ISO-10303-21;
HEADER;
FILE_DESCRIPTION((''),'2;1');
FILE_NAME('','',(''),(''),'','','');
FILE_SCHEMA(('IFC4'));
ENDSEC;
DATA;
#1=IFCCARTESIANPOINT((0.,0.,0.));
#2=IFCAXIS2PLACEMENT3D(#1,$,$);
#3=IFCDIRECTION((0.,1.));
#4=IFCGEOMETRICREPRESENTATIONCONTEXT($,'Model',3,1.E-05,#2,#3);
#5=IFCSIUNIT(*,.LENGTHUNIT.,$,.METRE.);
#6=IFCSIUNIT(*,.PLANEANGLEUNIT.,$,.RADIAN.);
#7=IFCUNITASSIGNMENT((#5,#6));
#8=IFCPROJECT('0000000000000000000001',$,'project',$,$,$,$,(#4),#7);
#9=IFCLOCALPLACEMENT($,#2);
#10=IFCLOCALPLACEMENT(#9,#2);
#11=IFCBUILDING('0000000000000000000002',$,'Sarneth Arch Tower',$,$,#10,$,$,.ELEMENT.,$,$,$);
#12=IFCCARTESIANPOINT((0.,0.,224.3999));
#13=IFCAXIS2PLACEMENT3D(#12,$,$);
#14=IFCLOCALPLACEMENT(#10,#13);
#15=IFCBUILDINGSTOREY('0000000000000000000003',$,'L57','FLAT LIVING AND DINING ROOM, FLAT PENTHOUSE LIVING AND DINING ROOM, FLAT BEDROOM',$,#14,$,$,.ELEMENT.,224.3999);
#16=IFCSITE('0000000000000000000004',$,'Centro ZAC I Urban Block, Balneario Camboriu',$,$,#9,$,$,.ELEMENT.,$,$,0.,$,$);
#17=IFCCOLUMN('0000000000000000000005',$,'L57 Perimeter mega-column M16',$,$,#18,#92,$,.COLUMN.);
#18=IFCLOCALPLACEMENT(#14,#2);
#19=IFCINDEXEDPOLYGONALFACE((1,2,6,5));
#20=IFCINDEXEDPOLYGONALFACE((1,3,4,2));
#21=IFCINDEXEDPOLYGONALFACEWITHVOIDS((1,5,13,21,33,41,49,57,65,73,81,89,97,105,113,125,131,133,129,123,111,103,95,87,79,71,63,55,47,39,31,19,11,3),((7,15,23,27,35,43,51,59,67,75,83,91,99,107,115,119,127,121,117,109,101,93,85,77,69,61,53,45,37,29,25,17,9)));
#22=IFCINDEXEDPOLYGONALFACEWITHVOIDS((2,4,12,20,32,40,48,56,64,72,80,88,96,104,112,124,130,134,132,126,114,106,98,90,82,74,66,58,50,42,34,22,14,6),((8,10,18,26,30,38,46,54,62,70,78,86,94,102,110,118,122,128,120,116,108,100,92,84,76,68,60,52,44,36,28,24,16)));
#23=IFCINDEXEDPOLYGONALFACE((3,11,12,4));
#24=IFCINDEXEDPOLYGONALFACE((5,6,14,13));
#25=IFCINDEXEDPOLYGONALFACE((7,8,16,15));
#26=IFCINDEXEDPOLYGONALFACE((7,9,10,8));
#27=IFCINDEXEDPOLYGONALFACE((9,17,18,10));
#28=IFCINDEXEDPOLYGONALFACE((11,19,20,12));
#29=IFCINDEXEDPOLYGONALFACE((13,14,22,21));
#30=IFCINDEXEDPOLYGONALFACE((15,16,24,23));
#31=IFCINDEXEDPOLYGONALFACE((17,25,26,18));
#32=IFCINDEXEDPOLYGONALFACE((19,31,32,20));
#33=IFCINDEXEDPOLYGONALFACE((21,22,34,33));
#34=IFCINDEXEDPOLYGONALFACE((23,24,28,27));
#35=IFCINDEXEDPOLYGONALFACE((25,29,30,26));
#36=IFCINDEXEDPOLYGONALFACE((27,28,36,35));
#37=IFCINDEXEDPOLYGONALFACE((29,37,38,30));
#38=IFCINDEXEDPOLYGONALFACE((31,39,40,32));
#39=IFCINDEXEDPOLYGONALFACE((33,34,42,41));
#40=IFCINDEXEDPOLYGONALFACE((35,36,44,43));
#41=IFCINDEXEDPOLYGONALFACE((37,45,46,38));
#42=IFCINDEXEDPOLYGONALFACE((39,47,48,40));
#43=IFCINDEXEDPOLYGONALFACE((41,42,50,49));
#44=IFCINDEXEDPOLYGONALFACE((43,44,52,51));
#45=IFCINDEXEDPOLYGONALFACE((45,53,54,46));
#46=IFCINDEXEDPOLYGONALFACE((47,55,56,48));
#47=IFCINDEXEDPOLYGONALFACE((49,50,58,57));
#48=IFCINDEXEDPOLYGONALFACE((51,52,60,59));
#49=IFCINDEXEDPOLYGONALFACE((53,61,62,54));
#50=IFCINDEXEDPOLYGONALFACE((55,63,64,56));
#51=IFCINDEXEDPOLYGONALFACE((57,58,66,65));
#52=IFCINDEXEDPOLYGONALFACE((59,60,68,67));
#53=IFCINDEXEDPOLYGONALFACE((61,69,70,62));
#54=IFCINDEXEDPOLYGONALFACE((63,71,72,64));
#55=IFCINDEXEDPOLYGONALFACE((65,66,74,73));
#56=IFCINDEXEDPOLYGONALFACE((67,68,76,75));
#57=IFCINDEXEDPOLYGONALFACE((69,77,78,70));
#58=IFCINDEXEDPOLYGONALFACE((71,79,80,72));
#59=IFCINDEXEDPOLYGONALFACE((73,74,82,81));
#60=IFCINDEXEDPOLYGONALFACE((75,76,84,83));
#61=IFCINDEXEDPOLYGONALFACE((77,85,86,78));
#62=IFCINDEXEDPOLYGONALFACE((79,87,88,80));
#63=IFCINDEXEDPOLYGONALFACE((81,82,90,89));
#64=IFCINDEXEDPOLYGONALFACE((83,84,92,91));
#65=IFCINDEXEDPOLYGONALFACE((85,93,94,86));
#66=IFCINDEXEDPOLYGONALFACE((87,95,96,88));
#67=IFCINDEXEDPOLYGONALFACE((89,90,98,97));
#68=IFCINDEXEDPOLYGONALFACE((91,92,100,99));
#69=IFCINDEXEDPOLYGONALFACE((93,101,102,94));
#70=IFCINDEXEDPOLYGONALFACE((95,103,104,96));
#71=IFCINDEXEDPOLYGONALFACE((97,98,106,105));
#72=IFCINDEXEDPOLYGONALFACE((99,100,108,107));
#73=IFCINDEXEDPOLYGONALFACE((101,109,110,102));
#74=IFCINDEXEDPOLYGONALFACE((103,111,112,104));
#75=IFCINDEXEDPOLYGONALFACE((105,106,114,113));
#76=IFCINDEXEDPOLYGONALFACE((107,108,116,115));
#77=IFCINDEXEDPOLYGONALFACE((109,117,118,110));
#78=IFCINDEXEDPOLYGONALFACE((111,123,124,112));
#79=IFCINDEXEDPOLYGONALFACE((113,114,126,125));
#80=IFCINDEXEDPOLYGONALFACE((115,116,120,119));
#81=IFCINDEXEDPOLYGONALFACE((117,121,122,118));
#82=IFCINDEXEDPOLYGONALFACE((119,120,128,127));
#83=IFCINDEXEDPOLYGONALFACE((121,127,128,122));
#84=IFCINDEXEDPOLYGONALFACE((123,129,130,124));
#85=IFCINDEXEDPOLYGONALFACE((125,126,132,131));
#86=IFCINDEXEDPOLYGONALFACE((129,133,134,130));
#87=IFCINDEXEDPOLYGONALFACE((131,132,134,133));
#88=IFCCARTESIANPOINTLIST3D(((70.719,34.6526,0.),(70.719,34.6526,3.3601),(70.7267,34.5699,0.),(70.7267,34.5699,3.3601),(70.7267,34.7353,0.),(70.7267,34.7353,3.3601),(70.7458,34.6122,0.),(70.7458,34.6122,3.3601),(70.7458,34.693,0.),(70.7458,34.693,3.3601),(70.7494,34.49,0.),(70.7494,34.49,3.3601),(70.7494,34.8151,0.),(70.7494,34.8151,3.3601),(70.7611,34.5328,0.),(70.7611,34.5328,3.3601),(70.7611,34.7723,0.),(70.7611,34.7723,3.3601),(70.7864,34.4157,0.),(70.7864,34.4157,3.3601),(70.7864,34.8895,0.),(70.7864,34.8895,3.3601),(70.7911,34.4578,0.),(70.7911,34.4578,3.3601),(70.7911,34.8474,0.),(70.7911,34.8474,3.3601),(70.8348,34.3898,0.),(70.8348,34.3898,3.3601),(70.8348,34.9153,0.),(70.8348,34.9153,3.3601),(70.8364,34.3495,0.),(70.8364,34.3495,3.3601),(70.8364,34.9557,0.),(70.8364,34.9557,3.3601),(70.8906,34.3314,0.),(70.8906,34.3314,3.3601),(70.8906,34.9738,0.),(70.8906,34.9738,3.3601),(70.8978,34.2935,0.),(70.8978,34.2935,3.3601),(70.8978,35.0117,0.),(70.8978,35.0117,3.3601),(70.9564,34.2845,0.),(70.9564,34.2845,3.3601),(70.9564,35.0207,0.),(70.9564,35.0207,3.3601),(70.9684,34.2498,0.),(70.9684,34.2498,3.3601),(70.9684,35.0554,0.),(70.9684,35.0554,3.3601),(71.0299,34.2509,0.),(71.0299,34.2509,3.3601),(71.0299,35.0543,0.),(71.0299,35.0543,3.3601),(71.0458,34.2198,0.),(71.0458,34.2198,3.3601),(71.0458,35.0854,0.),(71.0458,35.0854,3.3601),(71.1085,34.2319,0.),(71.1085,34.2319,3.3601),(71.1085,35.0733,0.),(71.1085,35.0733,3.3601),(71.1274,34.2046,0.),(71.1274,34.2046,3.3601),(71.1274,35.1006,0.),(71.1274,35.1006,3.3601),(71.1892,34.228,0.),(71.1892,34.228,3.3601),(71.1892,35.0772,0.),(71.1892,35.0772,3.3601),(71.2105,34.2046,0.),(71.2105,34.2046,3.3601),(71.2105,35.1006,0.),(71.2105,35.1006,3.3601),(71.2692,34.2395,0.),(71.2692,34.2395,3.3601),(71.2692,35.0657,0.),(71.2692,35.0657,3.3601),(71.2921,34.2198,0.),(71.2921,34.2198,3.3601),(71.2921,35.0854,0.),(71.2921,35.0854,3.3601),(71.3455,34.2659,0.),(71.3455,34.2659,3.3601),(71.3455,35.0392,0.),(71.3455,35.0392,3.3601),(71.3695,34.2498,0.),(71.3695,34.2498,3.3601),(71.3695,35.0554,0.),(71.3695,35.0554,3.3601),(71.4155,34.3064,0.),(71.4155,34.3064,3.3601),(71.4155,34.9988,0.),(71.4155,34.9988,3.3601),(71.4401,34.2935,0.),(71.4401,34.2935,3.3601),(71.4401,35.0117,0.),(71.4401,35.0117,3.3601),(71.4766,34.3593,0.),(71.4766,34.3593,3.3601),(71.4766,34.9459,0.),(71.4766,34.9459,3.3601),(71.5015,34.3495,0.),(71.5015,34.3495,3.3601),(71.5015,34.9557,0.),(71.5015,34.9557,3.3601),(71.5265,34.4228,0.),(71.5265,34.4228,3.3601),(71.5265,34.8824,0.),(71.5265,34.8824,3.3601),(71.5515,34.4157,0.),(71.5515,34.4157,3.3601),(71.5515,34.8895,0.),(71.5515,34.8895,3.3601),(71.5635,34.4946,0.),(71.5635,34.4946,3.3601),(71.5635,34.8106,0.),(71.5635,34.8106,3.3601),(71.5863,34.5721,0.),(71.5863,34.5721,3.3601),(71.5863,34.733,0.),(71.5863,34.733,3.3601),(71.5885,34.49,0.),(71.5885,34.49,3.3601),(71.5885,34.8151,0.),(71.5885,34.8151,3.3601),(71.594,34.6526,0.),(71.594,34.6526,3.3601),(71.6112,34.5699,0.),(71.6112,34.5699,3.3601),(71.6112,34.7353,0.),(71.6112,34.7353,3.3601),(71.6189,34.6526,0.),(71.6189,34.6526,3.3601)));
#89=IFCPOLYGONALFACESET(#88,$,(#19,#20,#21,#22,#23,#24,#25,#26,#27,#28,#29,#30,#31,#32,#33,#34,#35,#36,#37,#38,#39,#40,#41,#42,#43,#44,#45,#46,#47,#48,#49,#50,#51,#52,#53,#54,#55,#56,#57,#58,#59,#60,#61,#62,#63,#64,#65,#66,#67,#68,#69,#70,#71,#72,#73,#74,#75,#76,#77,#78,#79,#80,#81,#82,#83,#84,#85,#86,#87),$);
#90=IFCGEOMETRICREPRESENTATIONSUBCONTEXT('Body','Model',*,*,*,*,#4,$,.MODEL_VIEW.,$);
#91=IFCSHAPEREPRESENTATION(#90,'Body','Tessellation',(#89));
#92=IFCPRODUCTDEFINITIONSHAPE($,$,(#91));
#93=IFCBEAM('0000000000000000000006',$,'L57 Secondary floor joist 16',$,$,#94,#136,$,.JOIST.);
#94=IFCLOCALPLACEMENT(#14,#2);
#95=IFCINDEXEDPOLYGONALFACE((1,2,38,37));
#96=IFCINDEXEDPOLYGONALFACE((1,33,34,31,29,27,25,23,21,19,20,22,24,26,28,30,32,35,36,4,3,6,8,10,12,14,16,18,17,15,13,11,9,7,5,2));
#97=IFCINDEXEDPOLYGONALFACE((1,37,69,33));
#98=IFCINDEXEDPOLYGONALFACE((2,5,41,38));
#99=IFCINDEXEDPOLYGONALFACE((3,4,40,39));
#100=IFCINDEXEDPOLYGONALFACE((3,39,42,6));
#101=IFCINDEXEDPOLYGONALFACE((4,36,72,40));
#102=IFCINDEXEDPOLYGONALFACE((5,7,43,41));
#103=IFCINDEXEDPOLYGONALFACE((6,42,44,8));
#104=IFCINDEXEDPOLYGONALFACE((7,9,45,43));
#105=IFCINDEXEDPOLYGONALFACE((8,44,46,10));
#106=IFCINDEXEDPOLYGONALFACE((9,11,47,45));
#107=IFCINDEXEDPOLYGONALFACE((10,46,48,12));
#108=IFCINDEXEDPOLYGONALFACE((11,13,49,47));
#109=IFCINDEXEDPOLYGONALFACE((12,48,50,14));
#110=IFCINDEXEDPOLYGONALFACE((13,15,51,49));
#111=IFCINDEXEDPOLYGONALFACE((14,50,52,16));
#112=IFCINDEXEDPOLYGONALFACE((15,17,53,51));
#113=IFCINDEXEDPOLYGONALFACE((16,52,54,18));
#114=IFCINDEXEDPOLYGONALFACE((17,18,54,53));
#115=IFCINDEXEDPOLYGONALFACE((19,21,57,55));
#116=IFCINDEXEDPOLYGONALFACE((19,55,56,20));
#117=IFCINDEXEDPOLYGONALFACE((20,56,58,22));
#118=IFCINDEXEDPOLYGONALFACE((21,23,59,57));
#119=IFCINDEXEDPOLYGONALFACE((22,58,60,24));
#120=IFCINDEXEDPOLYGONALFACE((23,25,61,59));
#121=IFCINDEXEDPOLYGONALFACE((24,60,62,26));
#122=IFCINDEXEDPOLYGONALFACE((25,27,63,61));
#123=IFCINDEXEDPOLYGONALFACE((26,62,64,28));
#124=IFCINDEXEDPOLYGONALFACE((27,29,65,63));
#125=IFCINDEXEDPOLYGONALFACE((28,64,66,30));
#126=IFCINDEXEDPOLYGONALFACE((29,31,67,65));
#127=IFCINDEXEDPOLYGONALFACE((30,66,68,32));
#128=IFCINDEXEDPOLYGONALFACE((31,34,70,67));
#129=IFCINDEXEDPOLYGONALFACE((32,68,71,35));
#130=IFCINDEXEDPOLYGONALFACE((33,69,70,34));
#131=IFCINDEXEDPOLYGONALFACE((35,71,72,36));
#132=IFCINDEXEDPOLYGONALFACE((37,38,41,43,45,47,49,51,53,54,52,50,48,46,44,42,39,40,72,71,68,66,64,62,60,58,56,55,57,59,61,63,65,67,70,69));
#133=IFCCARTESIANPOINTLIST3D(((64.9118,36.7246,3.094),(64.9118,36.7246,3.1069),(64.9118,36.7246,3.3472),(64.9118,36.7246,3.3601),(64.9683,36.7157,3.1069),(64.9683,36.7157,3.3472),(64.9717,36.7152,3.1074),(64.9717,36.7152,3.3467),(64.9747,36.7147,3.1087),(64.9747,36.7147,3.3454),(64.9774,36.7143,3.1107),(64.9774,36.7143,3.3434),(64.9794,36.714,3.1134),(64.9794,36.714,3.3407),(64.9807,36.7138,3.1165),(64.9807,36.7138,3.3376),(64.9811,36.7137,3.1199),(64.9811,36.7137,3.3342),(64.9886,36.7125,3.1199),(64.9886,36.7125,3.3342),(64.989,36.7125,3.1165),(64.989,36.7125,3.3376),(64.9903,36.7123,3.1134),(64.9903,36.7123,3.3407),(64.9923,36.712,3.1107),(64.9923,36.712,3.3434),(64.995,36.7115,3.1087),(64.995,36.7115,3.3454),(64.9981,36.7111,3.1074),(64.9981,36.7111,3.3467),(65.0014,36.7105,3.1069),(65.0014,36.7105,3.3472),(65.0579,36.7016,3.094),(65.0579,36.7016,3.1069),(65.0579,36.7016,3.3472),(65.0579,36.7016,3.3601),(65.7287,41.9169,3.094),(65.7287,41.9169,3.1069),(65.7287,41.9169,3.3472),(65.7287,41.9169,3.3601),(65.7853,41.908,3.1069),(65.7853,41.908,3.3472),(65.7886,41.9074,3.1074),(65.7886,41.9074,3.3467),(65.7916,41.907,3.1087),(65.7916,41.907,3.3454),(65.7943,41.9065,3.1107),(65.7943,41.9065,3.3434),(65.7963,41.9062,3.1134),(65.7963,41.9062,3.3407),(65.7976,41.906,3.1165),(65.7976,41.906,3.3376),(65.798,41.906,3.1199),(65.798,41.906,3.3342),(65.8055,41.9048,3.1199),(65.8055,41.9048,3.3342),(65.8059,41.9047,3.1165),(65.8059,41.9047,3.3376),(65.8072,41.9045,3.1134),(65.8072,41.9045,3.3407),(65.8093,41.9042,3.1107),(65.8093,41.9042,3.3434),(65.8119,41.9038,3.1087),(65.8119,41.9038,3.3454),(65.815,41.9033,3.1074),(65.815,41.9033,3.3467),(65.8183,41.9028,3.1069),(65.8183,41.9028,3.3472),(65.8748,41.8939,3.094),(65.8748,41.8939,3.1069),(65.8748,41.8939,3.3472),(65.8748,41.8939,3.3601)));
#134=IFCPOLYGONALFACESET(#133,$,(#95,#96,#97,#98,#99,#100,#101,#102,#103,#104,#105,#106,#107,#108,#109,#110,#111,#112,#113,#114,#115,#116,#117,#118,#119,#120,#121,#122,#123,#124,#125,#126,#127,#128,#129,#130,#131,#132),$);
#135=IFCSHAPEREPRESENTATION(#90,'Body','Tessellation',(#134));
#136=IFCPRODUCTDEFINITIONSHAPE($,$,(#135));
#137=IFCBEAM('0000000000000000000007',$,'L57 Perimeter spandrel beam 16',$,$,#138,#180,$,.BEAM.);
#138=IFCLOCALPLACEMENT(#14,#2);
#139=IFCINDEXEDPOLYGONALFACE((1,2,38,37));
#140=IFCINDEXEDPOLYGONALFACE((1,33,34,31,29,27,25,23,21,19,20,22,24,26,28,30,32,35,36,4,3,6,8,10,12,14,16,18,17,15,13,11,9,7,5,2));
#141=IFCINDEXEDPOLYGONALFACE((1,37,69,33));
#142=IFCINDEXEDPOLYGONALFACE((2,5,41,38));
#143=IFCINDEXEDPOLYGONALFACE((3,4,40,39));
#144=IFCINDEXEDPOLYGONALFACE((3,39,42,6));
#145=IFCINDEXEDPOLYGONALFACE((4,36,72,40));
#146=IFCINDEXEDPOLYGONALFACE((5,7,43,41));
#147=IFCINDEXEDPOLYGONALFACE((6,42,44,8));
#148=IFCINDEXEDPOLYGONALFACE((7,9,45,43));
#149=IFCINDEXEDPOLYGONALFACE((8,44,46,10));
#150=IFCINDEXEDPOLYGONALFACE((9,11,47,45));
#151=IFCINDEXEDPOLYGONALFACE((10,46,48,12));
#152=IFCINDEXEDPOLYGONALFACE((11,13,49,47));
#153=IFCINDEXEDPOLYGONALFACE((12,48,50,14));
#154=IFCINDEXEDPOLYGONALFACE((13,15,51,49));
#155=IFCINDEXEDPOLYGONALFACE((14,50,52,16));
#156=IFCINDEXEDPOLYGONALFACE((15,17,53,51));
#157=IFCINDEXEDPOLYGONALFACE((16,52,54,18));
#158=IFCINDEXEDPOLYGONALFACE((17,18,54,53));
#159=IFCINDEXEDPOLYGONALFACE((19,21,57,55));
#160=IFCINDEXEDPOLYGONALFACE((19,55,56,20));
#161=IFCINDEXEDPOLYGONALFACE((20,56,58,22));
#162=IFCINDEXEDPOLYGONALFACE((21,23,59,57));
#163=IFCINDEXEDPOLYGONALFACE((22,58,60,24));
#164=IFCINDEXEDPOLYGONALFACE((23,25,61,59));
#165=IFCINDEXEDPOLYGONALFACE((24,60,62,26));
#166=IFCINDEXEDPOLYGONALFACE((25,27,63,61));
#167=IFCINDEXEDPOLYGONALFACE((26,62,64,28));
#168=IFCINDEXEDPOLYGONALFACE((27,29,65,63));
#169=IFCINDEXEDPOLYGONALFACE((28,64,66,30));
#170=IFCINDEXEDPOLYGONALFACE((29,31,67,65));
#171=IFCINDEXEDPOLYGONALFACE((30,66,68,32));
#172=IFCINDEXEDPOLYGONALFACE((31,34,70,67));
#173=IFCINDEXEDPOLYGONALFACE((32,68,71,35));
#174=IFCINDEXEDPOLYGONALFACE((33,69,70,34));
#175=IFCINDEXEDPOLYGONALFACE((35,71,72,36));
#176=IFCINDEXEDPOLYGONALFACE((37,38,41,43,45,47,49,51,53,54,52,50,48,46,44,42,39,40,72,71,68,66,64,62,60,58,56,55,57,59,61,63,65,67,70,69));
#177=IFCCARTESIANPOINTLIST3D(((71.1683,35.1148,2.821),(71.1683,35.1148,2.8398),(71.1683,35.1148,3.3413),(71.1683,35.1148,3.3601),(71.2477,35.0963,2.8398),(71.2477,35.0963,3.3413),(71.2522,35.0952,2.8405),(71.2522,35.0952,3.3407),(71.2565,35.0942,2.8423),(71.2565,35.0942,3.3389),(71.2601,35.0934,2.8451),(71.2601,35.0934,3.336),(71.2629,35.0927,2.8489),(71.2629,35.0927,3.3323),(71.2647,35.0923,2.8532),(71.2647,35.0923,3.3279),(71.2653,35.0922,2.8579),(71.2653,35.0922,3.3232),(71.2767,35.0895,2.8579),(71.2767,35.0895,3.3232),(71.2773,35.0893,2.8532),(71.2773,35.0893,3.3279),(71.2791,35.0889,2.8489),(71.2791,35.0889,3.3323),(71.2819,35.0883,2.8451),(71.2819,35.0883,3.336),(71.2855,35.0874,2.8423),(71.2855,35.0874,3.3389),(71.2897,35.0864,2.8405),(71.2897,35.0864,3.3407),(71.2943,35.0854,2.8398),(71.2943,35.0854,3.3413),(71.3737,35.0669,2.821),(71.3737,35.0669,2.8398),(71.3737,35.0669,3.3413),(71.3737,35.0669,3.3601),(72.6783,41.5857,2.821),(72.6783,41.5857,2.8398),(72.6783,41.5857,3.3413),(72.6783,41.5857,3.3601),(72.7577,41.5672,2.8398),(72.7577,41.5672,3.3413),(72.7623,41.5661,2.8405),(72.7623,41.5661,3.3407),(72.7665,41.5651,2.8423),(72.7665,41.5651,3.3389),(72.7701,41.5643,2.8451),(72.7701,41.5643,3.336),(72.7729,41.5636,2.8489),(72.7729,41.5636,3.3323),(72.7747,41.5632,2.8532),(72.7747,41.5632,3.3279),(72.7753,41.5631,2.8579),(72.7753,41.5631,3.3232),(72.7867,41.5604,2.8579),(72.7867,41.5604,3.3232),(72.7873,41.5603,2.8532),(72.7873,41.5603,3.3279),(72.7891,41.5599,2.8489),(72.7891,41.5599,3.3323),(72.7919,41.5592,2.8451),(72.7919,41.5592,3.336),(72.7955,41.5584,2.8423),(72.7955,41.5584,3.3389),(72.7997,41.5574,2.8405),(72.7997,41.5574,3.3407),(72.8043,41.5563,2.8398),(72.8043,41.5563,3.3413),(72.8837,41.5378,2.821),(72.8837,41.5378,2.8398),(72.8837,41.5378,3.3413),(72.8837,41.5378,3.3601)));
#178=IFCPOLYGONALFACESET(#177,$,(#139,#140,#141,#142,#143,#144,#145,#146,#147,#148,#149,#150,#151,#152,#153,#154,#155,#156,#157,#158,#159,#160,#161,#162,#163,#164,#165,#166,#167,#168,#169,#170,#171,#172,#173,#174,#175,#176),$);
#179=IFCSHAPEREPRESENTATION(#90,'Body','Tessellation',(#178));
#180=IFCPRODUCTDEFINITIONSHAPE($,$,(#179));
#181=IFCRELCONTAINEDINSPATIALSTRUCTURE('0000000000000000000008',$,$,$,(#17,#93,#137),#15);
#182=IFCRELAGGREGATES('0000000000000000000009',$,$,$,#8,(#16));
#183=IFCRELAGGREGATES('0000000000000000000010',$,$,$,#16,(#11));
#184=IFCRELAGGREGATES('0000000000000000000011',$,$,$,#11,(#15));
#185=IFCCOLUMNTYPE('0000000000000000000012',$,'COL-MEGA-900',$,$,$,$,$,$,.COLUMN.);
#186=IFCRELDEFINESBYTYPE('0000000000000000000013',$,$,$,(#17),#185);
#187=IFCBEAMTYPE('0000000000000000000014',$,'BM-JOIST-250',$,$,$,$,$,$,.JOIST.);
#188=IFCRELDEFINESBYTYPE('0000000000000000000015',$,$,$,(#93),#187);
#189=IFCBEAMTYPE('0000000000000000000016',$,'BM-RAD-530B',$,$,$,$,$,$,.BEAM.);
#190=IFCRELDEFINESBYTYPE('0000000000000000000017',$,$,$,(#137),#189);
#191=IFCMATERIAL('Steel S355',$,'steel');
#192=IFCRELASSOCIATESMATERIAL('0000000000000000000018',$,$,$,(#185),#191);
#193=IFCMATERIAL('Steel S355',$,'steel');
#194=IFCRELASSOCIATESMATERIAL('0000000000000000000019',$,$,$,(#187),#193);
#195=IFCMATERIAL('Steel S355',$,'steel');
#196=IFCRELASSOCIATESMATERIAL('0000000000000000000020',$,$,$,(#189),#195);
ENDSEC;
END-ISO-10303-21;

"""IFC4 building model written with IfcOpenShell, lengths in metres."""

from ifc_helpers import new_model, si_unit, direction, frame, origin, origin_2d, place, context, subcontext, project, spatial, hollow_circle, i_section, extrude, material, material_profile, profile_set, type_object, element, save


model = new_model("IFC4")

# Units and contexts
model_context = context("Model", 3, precision=1e-05, world=origin(), true_north=direction((0.0, 1.0)))
body_context = subcontext(model_context, "Body", "Model", "MODEL_VIEW")
ifc_project = project(units=[si_unit("LENGTHUNIT", "METRE"), si_unit("PLANEANGLEUNIT", "RADIAN")], contexts=[model_context])

# Site, building, storey
site_placement = place(None, origin())
site = spatial("IfcSite", under=ifc_project, at=site_placement, Name="Centro ZAC I Urban Block, Balneario Camboriu", CompositionType="ELEMENT", RefElevation=0.0)
building_placement = place(site_placement, origin())
building = spatial("IfcBuilding", under=site, at=building_placement, Name="Sarneth Arch Tower", CompositionType="ELEMENT")
storey_placement = place(building_placement, frame((0.0, 0.0, 224.3999)))
storey = spatial("IfcBuildingStorey", under=building, at=storey_placement, Name="L57", Description="FLAT LIVING AND DINING ROOM, FLAT PENTHOUSE LIVING AND DINING ROOM, FLAT BEDROOM", CompositionType="ELEMENT", Elevation=224.3999)

# Column
ifc_material_1 = material(Name="Steel S355", Category="steel")
ifc_material_profile_1 = material_profile(ifc_material_1, hollow_circle(Radius=0.45, WallThickness=0.0249, at=origin_2d()), Name="CHS900x25")
ifc_profile_set_1 = profile_set([ifc_material_profile_1], Name="Steel S355")
column_type = type_object("IfcColumnType", Name="COL-MEGA-900", PredefinedType="COLUMN", material=ifc_profile_set_1)
column_placement = place(storey_placement, frame((71.1689, 34.6526, 0.0), z_axis=(0.0, 0.0, 1.0), x_axis=(1.0, 0.0, 0.0)))
element("IfcColumn", 1, at=column_placement, inside=storey, type_object=column_type, Name="L57 Perimeter mega-column M16", PredefinedType="COLUMN", context=body_context, shape_type="SweptSolid", body=[
    extrude(hollow_circle(Radius=0.45, WallThickness=0.0249, at=origin_2d()), origin(), (0.0, 0.0, 1.0), 3.3601),
])

# Beams
ifc_material_2 = material(Name="Steel S355", Category="steel")
ifc_material_profile_2 = material_profile(ifc_material_2, i_section(OverallWidth=0.1479, OverallDepth=0.2661, WebThickness=0.0076, FlangeThickness=0.0129, FilletRadius=0.0129, at=origin_2d()), Name="W250x44.8")
ifc_profile_set_2 = profile_set([ifc_material_profile_2], Name="Steel S355")
beam_type_1 = type_object("IfcBeamType", Name="BM-JOIST-250", PredefinedType="JOIST", material=ifc_profile_set_2)
beam_1_placement = place(storey_placement, frame((64.9849, 36.7131, 3.2271), z_axis=(0.155421, 0.987848, 0.0), x_axis=(-0.987848, 0.155421, 0.0)))
element("IfcBeam", 2, at=beam_1_placement, inside=storey, type_object=beam_type_1, Name="L57 Secondary floor joist 16", PredefinedType="JOIST", context=body_context, shape_type="SweptSolid", body=[
    extrude(i_section(OverallWidth=0.1479, OverallDepth=0.2661, WebThickness=0.0076, FlangeThickness=0.0129, FilletRadius=0.0129, at=origin_2d()), origin(), (0.0, 0.0, 1.0), 5.2561),
])
ifc_material_3 = material(Name="Steel S355", Category="steel")
ifc_material_profile_3 = material_profile(ifc_material_3, i_section(OverallWidth=0.2109, OverallDepth=0.5391, WebThickness=0.0117, FlangeThickness=0.0188, FilletRadius=0.0181, at=origin_2d()), Name="W530x109")
ifc_profile_set_3 = profile_set([ifc_material_profile_3], Name="Steel S355")
beam_type_2 = type_object("IfcBeamType", Name="BM-RAD-530B", PredefinedType="BEAM", material=ifc_profile_set_3)
beam_2_placement = place(storey_placement, frame((71.271, 35.0908, 3.0906), z_axis=(0.227247, 0.973837, 0.0), x_axis=(-0.973837, 0.227247, 0.0)))
element("IfcBeam", 3, at=beam_2_placement, inside=storey, type_object=beam_type_2, Name="L57 Perimeter spandrel beam 16", PredefinedType="BEAM", context=body_context, shape_type="SweptSolid", body=[
    extrude(i_section(OverallWidth=0.2109, OverallDepth=0.5391, WebThickness=0.0117, FlangeThickness=0.0188, FilletRadius=0.0181, at=origin_2d()), origin(), (0.0, 0.0, 1.0), 6.6448),
])

save(model, "model.ifc")
